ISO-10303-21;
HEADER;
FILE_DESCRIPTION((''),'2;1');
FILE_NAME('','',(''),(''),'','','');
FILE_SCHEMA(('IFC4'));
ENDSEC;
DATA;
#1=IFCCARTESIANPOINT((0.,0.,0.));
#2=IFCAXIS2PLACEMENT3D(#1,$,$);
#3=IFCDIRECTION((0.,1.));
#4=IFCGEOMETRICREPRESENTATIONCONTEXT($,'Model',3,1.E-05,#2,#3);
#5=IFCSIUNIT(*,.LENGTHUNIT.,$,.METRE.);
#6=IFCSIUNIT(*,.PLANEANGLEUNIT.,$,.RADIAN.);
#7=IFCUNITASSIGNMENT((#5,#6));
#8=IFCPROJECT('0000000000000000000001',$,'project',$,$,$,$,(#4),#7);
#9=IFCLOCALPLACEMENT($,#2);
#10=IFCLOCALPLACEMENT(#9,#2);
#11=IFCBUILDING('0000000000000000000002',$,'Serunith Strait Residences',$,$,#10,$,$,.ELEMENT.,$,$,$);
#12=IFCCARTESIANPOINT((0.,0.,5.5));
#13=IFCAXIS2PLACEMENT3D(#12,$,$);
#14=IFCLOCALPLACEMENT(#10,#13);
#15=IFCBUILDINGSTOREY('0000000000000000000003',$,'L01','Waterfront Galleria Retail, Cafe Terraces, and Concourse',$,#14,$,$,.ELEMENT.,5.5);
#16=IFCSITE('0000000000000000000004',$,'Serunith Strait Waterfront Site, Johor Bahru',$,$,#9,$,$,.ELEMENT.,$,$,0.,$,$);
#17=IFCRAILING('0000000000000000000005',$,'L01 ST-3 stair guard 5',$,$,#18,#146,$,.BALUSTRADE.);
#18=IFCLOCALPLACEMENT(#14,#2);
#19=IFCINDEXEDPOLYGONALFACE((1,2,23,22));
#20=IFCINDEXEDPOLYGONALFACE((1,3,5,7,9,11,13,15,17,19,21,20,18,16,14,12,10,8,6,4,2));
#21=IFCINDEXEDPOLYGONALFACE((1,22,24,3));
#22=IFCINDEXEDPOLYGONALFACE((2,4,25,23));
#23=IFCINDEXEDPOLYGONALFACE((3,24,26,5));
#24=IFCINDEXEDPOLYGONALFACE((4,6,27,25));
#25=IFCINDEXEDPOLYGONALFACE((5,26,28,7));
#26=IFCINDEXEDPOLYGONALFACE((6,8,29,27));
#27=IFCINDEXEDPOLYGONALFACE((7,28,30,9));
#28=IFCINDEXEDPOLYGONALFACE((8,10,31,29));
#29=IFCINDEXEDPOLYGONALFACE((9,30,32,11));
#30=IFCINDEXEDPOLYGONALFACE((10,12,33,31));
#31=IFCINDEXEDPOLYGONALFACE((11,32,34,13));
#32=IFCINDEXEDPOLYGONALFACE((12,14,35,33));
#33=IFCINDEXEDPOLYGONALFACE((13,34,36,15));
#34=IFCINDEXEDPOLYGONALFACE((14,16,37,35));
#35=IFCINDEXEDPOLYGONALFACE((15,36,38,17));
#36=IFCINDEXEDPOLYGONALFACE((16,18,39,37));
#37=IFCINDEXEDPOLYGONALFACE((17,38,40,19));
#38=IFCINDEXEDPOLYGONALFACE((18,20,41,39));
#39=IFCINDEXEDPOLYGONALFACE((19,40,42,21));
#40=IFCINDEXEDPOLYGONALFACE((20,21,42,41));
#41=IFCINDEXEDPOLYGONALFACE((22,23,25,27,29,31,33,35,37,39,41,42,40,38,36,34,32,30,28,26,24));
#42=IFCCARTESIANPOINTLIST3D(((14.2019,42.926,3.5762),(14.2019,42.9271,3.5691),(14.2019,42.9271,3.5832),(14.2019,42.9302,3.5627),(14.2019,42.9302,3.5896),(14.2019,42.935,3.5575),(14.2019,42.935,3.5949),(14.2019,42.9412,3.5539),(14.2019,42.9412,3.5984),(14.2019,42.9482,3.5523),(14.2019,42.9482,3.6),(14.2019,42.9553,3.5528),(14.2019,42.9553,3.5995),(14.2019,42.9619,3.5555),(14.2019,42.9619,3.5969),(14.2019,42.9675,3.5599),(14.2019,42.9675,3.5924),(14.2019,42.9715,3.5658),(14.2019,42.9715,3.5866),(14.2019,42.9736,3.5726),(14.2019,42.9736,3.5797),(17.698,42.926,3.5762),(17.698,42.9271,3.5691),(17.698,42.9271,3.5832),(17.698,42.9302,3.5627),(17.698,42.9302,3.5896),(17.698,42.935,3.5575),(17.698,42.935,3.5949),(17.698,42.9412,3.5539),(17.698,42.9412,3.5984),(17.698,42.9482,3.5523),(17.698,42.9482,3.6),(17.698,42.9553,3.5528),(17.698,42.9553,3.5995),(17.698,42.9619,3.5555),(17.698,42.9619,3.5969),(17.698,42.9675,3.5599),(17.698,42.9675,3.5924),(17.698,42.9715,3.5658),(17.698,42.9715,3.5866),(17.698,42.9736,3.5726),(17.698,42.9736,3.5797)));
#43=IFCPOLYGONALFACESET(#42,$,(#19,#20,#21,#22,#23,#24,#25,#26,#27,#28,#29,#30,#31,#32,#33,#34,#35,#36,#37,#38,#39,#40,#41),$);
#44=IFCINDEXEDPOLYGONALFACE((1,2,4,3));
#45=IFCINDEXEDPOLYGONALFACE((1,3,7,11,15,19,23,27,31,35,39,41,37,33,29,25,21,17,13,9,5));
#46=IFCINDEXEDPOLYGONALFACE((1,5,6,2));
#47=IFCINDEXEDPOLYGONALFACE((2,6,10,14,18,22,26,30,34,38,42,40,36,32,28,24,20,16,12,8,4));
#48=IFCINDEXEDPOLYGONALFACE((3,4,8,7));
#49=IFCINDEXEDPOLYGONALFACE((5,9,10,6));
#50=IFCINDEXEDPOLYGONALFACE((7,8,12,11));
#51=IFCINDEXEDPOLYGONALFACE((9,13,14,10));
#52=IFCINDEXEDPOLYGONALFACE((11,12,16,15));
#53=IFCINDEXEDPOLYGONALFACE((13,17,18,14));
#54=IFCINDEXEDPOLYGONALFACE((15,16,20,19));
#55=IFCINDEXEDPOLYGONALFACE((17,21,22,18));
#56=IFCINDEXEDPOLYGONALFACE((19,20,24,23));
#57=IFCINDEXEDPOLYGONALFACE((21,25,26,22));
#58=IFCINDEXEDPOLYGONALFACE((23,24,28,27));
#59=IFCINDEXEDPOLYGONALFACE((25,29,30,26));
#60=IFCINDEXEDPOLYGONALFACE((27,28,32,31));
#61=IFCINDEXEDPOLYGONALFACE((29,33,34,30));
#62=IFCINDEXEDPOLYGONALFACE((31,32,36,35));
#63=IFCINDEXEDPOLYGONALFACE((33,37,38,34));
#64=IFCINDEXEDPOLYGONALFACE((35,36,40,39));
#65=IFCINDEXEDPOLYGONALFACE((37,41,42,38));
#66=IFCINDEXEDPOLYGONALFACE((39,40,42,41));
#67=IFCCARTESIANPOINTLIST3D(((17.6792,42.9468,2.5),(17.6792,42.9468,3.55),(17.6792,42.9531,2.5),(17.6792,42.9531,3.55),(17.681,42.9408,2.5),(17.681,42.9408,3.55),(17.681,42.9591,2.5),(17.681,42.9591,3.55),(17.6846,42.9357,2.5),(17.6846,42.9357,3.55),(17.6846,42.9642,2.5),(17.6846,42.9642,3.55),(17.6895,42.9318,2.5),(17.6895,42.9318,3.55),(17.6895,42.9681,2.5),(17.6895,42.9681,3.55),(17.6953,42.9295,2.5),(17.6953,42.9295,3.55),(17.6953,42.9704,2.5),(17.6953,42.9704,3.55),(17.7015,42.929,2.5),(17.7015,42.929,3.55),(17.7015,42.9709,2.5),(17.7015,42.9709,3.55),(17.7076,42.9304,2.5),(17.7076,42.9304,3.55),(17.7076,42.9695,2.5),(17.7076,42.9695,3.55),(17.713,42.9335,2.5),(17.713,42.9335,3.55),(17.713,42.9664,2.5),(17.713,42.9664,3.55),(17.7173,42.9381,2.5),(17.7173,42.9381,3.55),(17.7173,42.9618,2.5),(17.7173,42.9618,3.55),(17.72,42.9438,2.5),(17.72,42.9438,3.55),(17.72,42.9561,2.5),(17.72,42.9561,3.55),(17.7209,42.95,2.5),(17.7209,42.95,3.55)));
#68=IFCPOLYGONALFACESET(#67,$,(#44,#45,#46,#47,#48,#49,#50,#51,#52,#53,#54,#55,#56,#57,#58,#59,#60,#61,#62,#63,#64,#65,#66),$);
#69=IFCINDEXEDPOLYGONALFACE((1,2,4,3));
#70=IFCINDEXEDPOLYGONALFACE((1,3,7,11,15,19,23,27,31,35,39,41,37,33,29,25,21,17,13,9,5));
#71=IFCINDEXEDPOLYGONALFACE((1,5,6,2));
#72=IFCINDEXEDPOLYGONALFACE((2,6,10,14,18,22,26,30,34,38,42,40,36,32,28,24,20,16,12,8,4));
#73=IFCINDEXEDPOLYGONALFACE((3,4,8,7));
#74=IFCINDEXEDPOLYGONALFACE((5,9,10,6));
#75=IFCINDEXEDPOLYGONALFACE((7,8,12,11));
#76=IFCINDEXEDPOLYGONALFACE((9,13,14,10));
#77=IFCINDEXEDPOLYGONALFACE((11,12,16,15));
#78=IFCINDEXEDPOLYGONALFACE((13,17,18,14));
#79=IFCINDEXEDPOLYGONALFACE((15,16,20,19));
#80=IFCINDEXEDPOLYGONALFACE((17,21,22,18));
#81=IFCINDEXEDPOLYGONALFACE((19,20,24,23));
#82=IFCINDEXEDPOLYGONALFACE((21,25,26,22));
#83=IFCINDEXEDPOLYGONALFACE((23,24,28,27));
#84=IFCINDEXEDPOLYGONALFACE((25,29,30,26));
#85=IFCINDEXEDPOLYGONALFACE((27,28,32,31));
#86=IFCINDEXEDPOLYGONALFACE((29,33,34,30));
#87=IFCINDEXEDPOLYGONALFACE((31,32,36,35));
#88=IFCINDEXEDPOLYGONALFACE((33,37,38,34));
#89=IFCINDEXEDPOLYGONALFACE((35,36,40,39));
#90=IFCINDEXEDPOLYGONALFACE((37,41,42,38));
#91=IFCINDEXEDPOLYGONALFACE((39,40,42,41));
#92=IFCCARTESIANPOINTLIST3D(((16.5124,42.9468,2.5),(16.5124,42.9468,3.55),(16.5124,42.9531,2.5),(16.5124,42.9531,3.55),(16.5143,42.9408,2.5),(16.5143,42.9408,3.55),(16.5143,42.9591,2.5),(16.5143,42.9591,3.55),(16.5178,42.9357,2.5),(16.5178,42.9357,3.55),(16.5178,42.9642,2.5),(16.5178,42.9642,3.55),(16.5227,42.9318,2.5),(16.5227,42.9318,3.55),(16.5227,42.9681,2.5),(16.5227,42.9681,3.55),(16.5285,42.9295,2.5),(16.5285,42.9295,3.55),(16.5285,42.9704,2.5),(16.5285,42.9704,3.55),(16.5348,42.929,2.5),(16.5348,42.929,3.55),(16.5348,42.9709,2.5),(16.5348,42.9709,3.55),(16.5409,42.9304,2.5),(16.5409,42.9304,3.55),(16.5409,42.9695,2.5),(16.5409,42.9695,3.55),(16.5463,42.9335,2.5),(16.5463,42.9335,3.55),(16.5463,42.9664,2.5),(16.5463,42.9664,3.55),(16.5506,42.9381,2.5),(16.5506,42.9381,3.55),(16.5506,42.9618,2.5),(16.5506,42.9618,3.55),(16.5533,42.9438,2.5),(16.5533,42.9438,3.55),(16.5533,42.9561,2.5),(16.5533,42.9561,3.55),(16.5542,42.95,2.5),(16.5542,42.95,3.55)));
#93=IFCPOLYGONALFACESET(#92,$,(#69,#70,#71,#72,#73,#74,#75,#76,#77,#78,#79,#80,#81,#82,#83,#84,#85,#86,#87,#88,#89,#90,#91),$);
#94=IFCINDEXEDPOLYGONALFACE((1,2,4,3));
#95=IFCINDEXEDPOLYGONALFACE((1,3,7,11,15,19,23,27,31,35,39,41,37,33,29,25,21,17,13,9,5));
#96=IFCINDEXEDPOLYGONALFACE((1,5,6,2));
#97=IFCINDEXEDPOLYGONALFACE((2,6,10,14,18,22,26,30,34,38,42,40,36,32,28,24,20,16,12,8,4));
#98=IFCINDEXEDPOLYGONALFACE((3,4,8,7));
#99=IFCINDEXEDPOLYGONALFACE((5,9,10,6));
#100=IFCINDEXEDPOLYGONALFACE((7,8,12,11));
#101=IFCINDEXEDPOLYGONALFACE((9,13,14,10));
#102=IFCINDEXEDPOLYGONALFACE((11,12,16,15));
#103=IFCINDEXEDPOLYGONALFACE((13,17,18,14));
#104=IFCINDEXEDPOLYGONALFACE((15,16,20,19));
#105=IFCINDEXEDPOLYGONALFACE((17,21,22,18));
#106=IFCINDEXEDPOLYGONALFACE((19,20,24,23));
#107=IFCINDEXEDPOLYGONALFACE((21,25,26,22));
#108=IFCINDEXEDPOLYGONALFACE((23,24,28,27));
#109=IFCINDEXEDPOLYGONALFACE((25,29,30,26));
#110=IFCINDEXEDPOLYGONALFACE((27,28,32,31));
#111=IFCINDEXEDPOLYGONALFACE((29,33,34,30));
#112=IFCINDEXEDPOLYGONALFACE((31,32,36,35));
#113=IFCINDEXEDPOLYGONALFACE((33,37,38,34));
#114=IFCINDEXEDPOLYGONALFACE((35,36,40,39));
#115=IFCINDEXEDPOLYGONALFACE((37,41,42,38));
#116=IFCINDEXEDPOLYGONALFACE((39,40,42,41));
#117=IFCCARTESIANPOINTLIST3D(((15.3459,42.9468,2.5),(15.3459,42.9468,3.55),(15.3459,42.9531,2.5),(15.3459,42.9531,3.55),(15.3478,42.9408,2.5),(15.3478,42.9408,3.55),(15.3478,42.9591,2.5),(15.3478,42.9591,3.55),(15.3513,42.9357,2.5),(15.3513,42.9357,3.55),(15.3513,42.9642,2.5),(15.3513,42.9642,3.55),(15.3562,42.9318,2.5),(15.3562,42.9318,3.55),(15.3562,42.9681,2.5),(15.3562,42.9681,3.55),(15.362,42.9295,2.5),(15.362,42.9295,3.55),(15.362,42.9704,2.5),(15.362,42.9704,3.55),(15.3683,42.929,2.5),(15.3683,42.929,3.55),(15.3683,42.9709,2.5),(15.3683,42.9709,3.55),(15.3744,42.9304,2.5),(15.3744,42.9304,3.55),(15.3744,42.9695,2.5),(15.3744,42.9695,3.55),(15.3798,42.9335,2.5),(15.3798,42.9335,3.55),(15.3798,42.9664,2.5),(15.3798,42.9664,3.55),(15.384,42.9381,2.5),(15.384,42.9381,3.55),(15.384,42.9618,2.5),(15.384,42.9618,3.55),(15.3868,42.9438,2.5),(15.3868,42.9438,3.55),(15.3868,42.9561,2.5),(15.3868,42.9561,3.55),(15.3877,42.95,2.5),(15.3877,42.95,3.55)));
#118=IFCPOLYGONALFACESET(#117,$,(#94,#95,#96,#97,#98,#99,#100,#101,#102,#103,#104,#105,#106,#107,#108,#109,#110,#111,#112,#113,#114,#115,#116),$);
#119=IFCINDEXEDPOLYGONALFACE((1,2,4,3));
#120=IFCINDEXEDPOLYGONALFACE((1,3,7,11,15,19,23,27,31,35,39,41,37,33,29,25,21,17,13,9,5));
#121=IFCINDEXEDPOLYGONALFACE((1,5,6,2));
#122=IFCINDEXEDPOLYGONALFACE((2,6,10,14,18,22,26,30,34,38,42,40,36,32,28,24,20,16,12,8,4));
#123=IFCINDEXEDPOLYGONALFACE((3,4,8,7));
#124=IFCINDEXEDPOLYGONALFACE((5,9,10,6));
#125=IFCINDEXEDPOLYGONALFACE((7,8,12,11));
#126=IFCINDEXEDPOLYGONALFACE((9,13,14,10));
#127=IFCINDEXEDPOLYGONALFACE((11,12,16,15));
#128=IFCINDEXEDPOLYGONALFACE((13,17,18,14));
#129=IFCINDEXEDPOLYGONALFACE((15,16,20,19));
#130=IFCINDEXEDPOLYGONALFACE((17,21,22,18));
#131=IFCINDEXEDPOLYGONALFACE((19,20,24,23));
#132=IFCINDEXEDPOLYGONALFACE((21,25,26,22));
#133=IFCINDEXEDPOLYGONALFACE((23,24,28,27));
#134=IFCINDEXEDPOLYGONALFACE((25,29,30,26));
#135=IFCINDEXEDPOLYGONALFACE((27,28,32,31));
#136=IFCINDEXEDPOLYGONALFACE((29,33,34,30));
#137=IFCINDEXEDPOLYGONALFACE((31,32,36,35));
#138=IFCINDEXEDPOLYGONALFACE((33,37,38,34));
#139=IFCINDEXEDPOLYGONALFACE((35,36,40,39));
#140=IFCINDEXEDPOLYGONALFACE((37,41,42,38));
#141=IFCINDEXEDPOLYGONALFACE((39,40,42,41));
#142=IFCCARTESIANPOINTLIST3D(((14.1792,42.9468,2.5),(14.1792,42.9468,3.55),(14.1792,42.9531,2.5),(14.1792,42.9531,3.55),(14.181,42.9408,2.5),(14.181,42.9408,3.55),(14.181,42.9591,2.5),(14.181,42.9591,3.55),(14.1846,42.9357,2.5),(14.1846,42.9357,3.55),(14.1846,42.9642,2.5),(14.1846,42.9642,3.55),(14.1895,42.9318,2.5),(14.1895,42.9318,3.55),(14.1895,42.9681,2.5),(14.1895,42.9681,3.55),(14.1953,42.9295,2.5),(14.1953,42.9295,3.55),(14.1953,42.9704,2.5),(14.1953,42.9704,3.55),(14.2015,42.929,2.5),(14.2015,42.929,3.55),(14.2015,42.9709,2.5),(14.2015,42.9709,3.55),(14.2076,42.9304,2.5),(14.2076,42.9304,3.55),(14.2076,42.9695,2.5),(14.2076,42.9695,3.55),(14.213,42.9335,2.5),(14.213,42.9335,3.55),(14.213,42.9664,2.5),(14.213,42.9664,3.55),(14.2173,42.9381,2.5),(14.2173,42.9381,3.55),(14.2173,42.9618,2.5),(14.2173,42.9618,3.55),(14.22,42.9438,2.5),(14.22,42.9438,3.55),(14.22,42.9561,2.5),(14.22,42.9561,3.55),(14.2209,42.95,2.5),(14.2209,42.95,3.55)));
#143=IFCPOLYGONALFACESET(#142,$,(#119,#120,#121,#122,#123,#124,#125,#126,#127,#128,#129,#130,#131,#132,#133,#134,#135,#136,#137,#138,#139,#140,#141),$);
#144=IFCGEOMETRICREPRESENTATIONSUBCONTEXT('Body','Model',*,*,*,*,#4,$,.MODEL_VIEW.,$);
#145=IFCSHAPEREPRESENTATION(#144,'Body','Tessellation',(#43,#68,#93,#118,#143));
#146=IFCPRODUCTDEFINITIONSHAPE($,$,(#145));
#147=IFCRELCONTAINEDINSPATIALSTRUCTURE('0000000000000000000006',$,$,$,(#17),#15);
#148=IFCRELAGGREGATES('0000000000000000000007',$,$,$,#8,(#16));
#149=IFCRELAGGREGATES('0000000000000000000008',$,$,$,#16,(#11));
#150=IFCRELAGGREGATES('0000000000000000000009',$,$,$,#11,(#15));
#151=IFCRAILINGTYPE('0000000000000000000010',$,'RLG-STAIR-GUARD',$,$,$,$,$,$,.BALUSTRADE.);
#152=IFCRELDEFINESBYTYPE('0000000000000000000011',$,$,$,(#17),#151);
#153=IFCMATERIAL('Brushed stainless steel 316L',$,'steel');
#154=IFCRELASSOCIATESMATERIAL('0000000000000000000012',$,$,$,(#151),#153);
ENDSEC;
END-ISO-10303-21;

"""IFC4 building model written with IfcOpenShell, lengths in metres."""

from ifc_helpers import new_model, si_unit, direction, frame, origin, origin_2d, place, context, subcontext, project, spatial, circle, extrude, material, type_object, element, save


model = new_model("IFC4")

# Units and contexts
model_context = context("Model", 3, precision=1e-05, world=origin(), true_north=direction((0.0, 1.0)))
body_context = subcontext(model_context, "Body", "Model", "MODEL_VIEW")
ifc_project = project(units=[si_unit("LENGTHUNIT", "METRE"), si_unit("PLANEANGLEUNIT", "RADIAN")], contexts=[model_context])

# Site, building, storey
site_placement = place(None, origin())
site = spatial("IfcSite", under=ifc_project, at=site_placement, Name="Serunith Strait Waterfront Site, Johor Bahru", CompositionType="ELEMENT", RefElevation=0.0)
building_placement = place(site_placement, origin())
building = spatial("IfcBuilding", under=site, at=building_placement, Name="Serunith Strait Residences", CompositionType="ELEMENT")
storey_placement = place(building_placement, frame((0.0, 0.0, 5.5)))
storey = spatial("IfcBuildingStorey", under=building, at=storey_placement, Name="L01", Description="Waterfront Galleria Retail, Cafe Terraces, and Concourse", CompositionType="ELEMENT", Elevation=5.5)

# Railing
ifc_material_1 = material(Name="Brushed stainless steel 316L", Category="steel")
railing_type_1 = type_object("IfcRailingType", Name="RLG-STAIR-GUARD", PredefinedType="BALUSTRADE", material=ifc_material_1)
railing_1_placement = place(storey_placement, frame((17.7, 42.95, 2.5)))
element("IfcRailing", 1, at=railing_1_placement, inside=storey, type_object=railing_type_1, Name="L01 ST-3 stair guard 5", PredefinedType="BALUSTRADE", context=body_context, shape_type="SweptSolid", body=[
    extrude(circle(Radius=0.0239, at=origin_2d()), frame((-0.002, 0.0, 1.0762), z_axis=(-1.0, 0.0, 0.0), x_axis=(0.0, -1.0, 0.0)), (0.0, 0.0, 1.0), 3.4961),
    extrude(circle(Radius=0.021, at=origin_2d()), origin(), (0.0, 0.0, 1.0), 1.05),
    extrude(circle(Radius=0.021, at=origin_2d()), frame((-1.1667, 0.0, 0.0)), (0.0, 0.0, 1.0), 1.05),
    extrude(circle(Radius=0.021, at=origin_2d()), frame((-2.3333, 0.0, 0.0)), (0.0, 0.0, 1.0), 1.05),
    extrude(circle(Radius=0.021, at=origin_2d()), frame((-3.5, 0.0, 0.0)), (0.0, 0.0, 1.0), 1.05),
])

save(model, "model.ifc")
